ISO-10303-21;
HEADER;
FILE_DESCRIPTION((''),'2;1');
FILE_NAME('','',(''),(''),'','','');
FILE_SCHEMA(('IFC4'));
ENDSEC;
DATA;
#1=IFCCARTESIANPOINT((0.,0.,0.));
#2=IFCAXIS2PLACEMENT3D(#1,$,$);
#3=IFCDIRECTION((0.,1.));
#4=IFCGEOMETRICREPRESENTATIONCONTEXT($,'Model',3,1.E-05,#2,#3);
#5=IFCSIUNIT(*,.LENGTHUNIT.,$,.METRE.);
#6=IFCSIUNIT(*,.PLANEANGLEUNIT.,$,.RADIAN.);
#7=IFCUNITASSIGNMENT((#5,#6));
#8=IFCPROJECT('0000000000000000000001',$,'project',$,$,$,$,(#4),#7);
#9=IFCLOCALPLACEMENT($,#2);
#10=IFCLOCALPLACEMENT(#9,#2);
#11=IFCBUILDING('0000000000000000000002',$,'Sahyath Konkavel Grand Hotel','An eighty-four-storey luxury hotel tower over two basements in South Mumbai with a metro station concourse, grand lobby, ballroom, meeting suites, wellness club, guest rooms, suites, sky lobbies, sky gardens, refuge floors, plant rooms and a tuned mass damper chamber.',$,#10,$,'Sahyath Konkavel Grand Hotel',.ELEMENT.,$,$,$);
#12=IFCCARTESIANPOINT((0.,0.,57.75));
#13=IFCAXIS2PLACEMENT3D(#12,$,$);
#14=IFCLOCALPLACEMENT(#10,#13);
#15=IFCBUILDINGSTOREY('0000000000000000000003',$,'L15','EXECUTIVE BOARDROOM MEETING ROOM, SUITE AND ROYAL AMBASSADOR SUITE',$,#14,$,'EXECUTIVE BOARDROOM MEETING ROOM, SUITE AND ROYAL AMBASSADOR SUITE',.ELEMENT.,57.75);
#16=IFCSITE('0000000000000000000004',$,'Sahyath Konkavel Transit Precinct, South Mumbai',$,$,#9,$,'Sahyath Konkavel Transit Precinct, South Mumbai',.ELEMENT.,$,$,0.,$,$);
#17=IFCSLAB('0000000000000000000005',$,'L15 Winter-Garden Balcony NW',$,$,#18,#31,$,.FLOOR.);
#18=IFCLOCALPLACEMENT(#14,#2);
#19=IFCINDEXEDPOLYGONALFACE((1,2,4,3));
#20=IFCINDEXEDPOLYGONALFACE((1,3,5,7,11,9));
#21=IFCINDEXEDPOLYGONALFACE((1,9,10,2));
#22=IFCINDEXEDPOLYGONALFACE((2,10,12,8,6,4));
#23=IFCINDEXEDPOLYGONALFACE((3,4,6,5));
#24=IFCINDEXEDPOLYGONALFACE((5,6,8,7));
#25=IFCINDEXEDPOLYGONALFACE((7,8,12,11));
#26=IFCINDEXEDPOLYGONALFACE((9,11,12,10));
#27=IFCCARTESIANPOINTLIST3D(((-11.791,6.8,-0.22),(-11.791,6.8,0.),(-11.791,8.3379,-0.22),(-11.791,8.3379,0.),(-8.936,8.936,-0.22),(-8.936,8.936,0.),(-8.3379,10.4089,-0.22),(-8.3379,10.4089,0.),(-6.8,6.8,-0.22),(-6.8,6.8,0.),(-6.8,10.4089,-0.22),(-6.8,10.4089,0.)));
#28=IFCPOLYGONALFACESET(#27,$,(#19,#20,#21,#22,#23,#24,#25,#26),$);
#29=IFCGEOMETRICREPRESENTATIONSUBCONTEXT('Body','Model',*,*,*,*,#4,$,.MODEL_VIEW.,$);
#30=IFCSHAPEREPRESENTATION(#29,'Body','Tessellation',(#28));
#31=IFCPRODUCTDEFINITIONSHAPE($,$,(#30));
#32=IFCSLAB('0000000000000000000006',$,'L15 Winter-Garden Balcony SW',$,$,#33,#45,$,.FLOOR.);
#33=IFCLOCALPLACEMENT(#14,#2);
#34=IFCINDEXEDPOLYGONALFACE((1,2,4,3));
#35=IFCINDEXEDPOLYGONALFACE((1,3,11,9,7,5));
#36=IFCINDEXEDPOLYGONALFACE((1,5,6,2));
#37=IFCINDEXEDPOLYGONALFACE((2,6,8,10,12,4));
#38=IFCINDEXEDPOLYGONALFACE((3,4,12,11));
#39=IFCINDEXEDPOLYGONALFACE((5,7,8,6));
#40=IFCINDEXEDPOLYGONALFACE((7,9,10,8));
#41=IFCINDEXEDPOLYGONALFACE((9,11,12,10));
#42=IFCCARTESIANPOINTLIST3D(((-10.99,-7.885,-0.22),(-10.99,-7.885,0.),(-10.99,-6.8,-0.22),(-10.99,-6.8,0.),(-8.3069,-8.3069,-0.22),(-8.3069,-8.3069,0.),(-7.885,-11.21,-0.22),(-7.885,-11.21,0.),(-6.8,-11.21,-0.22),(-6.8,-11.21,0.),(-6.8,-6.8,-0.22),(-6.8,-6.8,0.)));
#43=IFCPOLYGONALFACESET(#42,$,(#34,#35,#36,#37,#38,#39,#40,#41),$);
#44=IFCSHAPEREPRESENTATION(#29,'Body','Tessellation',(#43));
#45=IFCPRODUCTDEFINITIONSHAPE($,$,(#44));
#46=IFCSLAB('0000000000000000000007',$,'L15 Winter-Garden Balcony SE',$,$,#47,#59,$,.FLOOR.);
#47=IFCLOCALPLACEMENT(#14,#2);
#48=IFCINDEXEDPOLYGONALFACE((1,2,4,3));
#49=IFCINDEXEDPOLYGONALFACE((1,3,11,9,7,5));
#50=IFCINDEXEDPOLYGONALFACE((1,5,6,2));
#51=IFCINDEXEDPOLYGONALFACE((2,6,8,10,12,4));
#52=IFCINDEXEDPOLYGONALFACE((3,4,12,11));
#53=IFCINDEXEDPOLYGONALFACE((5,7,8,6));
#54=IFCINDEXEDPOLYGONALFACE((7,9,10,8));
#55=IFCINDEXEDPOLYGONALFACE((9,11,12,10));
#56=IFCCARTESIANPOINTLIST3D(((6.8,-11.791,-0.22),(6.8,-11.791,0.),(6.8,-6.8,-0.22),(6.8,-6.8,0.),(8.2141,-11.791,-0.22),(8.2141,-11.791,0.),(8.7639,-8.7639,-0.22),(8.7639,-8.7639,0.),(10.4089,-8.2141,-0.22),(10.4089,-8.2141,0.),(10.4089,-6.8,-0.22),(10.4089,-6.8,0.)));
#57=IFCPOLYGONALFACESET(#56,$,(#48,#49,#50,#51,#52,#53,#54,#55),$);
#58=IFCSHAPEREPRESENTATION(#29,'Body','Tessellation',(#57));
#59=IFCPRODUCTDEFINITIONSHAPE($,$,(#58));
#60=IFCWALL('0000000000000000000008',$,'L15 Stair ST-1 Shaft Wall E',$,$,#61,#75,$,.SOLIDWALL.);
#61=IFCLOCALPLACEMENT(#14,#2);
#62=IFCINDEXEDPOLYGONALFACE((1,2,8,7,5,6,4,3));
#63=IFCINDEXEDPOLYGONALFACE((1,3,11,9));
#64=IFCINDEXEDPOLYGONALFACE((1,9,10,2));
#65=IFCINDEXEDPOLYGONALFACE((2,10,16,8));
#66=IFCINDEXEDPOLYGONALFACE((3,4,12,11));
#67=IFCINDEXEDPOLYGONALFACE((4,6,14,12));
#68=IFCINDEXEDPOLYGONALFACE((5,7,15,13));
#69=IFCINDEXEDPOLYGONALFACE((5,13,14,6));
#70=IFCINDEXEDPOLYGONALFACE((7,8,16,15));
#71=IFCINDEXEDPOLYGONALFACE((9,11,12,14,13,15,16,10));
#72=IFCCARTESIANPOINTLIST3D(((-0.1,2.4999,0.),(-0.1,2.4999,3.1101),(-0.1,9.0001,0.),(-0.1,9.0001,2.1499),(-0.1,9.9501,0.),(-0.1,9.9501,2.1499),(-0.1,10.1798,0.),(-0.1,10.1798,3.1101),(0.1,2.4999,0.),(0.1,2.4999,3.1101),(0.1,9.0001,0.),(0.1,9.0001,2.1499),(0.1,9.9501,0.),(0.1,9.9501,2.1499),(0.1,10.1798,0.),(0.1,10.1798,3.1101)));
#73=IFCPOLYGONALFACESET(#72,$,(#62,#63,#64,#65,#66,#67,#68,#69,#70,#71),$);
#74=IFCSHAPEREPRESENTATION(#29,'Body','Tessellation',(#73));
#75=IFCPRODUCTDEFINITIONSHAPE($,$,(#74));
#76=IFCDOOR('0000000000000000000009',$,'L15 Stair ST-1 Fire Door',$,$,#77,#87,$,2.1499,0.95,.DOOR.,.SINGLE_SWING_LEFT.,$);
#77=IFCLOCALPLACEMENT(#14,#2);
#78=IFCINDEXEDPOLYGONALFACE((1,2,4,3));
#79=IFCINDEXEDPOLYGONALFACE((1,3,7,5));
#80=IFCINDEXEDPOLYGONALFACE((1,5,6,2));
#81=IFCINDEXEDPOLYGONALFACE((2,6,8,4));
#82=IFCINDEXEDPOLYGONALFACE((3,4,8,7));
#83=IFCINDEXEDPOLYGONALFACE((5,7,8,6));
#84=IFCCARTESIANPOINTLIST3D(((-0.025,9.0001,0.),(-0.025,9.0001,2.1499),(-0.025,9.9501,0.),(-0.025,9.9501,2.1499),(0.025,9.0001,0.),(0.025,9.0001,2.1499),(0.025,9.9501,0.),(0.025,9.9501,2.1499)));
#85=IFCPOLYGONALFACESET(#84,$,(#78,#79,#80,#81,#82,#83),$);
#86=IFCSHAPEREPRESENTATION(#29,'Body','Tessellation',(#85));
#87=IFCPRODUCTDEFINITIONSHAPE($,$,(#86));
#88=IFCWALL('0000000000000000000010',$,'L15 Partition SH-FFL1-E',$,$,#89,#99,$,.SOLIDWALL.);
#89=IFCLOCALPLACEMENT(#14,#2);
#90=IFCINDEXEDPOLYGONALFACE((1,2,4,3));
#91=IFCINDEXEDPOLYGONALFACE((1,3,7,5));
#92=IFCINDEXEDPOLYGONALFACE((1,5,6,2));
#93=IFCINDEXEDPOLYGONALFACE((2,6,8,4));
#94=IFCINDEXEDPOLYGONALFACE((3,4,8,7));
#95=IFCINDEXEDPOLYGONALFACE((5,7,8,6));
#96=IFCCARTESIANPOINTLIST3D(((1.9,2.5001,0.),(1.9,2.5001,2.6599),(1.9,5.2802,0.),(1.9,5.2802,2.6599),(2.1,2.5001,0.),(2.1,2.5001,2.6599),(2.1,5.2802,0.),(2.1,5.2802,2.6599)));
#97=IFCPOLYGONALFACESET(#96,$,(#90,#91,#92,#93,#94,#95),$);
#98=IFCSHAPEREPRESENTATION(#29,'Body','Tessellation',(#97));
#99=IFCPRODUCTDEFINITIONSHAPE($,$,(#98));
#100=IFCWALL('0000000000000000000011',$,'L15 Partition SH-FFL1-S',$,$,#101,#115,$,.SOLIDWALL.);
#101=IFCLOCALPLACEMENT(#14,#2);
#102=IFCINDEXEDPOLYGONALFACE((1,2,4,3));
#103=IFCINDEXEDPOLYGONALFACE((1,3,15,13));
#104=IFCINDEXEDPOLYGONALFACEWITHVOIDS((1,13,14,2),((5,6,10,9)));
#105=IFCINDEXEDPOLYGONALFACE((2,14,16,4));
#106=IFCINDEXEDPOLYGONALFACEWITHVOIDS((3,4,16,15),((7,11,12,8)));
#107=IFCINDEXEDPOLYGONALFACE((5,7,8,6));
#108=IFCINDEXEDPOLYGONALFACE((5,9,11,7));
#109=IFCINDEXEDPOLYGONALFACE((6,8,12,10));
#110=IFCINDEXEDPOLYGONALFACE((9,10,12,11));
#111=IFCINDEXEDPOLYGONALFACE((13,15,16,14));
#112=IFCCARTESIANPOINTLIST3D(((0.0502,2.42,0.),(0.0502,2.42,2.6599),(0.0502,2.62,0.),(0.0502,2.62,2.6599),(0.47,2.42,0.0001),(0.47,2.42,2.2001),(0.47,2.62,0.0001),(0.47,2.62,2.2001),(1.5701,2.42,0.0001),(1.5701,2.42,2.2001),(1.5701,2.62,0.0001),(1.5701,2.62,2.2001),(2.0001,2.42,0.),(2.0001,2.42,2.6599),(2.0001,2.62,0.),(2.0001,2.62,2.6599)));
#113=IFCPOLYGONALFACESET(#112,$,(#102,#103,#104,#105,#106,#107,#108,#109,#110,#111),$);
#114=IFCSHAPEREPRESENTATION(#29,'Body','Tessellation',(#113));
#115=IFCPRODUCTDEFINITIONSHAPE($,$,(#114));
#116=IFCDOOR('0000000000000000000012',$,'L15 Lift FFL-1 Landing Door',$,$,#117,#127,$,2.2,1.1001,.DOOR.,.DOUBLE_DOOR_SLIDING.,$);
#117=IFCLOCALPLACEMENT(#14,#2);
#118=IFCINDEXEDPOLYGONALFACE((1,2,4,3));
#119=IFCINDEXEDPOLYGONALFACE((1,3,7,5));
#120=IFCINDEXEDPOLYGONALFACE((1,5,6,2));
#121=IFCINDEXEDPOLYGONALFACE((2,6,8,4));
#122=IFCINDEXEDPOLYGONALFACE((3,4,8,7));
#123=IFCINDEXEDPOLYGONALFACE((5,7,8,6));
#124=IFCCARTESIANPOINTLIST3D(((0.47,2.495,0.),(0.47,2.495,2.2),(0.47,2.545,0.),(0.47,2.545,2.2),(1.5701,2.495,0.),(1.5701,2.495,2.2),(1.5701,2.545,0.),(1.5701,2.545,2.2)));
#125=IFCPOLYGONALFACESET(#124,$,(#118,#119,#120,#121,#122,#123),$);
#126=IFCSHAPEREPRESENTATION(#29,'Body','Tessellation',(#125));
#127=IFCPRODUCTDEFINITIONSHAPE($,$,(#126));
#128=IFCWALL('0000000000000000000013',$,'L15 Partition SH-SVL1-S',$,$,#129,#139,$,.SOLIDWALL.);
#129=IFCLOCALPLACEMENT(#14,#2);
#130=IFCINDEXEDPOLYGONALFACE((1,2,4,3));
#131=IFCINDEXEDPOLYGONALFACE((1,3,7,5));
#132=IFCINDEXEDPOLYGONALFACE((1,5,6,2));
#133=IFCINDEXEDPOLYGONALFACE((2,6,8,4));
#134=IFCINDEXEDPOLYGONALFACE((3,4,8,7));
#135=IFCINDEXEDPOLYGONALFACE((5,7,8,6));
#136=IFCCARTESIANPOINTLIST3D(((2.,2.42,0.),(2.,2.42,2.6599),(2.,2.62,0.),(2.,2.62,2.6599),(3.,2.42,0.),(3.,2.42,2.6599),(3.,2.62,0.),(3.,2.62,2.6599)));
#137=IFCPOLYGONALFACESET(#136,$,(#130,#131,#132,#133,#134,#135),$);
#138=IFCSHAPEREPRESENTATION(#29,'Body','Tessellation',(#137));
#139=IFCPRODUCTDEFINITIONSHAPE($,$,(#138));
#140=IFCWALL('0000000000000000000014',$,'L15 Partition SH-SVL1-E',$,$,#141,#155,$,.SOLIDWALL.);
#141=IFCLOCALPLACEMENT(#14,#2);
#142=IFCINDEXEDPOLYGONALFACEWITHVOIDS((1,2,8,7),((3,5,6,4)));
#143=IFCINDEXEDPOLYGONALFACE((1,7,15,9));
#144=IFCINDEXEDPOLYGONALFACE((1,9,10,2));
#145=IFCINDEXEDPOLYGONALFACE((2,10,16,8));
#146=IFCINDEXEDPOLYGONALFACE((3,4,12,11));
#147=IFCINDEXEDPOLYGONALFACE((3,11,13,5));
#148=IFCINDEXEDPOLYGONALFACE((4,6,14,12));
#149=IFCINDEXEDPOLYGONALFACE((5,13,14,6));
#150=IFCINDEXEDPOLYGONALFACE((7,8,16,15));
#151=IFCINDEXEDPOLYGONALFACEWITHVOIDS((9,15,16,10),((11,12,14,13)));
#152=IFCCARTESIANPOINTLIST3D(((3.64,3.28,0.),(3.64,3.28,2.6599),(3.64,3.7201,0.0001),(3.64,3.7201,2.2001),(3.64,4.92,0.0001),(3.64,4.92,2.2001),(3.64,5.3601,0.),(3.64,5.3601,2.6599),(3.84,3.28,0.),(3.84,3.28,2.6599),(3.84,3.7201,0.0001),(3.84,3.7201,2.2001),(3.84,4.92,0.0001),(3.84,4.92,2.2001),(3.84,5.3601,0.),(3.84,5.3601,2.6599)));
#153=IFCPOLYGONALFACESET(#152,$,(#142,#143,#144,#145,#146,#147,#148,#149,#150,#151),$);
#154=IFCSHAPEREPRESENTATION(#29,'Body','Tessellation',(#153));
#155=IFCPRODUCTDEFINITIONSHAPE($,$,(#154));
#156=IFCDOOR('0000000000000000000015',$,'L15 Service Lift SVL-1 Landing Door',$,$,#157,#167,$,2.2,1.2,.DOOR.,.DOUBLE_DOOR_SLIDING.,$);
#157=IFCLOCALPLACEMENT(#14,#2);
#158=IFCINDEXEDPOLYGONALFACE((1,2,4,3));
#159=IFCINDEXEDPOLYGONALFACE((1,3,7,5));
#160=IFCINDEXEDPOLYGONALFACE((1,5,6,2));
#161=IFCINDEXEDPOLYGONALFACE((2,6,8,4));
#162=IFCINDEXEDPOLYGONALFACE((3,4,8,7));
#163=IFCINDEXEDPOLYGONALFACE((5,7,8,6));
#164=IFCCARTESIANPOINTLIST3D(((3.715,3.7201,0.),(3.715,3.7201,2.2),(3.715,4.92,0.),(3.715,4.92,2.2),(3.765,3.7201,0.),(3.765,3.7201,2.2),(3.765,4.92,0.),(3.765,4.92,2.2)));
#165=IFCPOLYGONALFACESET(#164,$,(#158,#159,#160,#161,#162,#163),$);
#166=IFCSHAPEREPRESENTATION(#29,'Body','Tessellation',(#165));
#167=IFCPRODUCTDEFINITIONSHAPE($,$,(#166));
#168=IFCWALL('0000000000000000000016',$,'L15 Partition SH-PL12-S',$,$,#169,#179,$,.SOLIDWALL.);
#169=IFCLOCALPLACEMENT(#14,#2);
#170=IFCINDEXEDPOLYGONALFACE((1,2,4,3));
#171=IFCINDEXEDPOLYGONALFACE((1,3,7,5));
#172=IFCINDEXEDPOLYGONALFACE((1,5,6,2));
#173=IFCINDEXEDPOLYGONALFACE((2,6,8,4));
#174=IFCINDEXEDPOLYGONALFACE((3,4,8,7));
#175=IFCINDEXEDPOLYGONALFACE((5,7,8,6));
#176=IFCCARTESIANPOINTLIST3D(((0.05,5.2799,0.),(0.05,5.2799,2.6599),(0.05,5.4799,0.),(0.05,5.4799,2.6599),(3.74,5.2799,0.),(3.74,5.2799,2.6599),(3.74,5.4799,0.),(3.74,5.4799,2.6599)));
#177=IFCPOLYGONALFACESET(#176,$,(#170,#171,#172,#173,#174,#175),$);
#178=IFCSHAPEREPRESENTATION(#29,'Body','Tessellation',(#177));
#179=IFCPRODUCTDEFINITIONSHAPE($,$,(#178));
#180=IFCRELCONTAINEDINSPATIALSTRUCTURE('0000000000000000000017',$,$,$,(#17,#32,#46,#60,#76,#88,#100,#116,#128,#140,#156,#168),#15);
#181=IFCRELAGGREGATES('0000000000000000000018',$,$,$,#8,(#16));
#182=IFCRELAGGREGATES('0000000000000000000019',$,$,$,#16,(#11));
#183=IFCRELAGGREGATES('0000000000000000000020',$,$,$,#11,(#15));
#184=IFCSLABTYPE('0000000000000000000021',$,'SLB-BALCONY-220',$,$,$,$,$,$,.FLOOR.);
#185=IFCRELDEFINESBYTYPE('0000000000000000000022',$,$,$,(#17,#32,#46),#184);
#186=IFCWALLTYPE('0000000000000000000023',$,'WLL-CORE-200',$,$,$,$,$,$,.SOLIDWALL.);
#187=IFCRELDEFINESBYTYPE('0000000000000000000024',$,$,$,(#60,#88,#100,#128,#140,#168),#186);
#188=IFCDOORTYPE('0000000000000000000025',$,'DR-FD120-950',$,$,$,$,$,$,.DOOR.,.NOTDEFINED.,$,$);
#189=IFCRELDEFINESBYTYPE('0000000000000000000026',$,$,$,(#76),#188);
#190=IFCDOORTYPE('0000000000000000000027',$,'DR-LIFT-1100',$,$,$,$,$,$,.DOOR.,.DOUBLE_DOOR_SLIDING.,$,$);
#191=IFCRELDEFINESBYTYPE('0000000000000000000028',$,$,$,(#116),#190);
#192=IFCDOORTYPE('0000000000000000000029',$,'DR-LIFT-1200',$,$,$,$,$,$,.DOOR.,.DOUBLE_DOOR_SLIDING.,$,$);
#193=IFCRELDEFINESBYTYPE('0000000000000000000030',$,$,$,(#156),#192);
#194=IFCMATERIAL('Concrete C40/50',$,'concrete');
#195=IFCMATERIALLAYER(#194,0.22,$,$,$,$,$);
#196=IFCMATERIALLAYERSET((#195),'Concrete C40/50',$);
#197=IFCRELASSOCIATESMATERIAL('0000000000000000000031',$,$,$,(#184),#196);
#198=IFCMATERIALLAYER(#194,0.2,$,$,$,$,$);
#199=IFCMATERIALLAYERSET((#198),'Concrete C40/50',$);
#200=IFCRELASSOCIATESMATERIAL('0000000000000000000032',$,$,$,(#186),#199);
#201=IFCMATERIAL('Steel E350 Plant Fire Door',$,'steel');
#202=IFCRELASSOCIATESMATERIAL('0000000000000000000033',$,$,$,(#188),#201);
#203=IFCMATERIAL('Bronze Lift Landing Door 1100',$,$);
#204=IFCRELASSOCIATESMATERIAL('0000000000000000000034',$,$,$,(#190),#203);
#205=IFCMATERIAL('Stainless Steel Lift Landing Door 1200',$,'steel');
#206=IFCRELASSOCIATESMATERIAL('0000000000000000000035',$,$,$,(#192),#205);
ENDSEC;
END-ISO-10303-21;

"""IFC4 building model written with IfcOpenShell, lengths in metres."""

from ifc_helpers import new_model, si_unit, direction, frame, frame_2d, origin, origin_2d, place, context, subcontext, project, spatial, polyline, rectangle, outline, extrude, source, transform, mapped, material, layer, layer_set, type_object, element, fill, save


model = new_model("IFC4")

# Units and contexts
model_context = context("Model", 3, precision=1e-05, world=origin(), true_north=direction((0.0, 1.0)))
body_context = subcontext(model_context, "Body", "Model", "MODEL_VIEW")
ifc_project = project(units=[si_unit("LENGTHUNIT", "METRE"), si_unit("PLANEANGLEUNIT", "RADIAN")], contexts=[model_context])

# Site, building, storey
site_placement = place(None, origin())
site = spatial("IfcSite", under=ifc_project, at=site_placement, Name="Sahyath Konkavel Transit Precinct, South Mumbai", LongName="Sahyath Konkavel Transit Precinct, South Mumbai", CompositionType="ELEMENT", RefElevation=0.0)
building_placement = place(site_placement, origin())
building = spatial("IfcBuilding", under=site, at=building_placement, Name="Sahyath Konkavel Grand Hotel", Description="An eighty-four-storey luxury hotel tower over two basements in South Mumbai with a metro station concourse, grand lobby, ballroom, meeting suites, wellness club, guest rooms, suites, sky lobbies, sky gardens, refuge floors, plant rooms and a tuned mass damper chamber.", LongName="Sahyath Konkavel Grand Hotel", CompositionType="ELEMENT")
storey_placement = place(building_placement, frame((0.0, 0.0, 57.75)))
storey = spatial("IfcBuildingStorey", under=building, at=storey_placement, Name="L15", Description="EXECUTIVE BOARDROOM MEETING ROOM, SUITE AND ROYAL AMBASSADOR SUITE", LongName="EXECUTIVE BOARDROOM MEETING ROOM, SUITE AND ROYAL AMBASSADOR SUITE", CompositionType="ELEMENT", Elevation=57.75)

# Slabs
ifc_material_1 = material(Name="Concrete C40/50", Category="concrete")
ifc_layer_1 = layer(ifc_material_1, 0.22)
ifc_layer_set_1 = layer_set([ifc_layer_1], Name="Concrete C40/50")
slab_type = type_object("IfcSlabType", Name="SLB-BALCONY-220", PredefinedType="FLOOR", material=ifc_layer_set_1)
slab_1_placement = place(storey_placement, frame((0.0, 0.0, -0.22)))
element("IfcSlab", 1, at=slab_1_placement, inside=storey, type_object=slab_type, Name="L15 Winter-Garden Balcony NW", PredefinedType="FLOOR", context=body_context, shape_type="SweptSolid", body=[
    extrude(outline(polyline([(-6.8, 6.8), (-6.8, 10.4089), (-8.3379, 10.4089), (-8.936, 8.936), (-11.791, 8.3379), (-11.791, 6.8), (-6.8, 6.8)])), origin(), (0.0, 0.0, 1.0), 0.22),
])
slab_2_placement = place(storey_placement, frame((0.0, 0.0, -0.22)))
element("IfcSlab", 2, at=slab_2_placement, inside=storey, type_object=slab_type, Name="L15 Winter-Garden Balcony SW", PredefinedType="FLOOR", context=body_context, shape_type="SweptSolid", body=[
    extrude(outline(polyline([(-6.8, -6.8), (-10.99, -6.8), (-10.99, -7.885), (-8.3069, -8.3069), (-7.885, -11.21), (-6.8, -11.21), (-6.8, -6.8)])), origin(), (0.0, 0.0, 1.0), 0.22),
])
slab_3_placement = place(storey_placement, frame((0.0, 0.0, -0.22)))
element("IfcSlab", 3, at=slab_3_placement, inside=storey, type_object=slab_type, Name="L15 Winter-Garden Balcony SE", PredefinedType="FLOOR", context=body_context, shape_type="SweptSolid", body=[
    extrude(outline(polyline([(6.8, -6.8), (6.8, -11.791), (8.2141, -11.791), (8.7639, -8.7639), (10.4089, -8.2141), (10.4089, -6.8), (6.8, -6.8)])), origin(), (0.0, 0.0, 1.0), 0.22),
])

# Wall, opening, door
ifc_layer_2 = layer(ifc_material_1, 0.2)
ifc_layer_set_2 = layer_set([ifc_layer_2], Name="Concrete C40/50")
wall_type_1 = type_object("IfcWallType", Name="WLL-CORE-200", PredefinedType="SOLIDWALL", material=ifc_layer_set_2)
wall_1_placement = place(storey_placement, frame((0.0, 2.5, 0.0), z_axis=(0.0, 0.0, 1.0), x_axis=(0.0, 1.0, 0.0)))
wall_1 = element("IfcWall", 4, at=wall_1_placement, inside=storey, type_object=wall_type_1, Name="L15 Stair ST-1 Shaft Wall E", PredefinedType="SOLIDWALL", context=body_context, shape_type="SweptSolid", body=[
    extrude(rectangle(XDim=7.6799, YDim=0.2, at=frame_2d((3.8398, 0.0))), origin(), (0.0, 0.0, 1.0), 3.1101),
])
opening_1_placement = place(wall_1_placement, frame((6.5, 0.0, 0.0)))
opening_1 = element("IfcOpeningElement", 5, at=opening_1_placement, cuts=wall_1, PredefinedType="OPENING", context=body_context, shape_type="SweptSolid", body=[
    extrude(rectangle(XDim=0.95, YDim=2.1499, at=frame_2d((0.4751, 1.075))), frame((0.0, 0.1099, 0.0), z_axis=(0.0, -1.0, 0.0), x_axis=(1.0, 0.0, 0.0)), (0.0, 0.0, 1.0), 0.22),
])
ifc_material_2 = material(Name="Steel E350 Plant Fire Door", Category="steel")
door_type_1 = type_object("IfcDoorType", Name="DR-FD120-950", OperationType="NOTDEFINED", PredefinedType="DOOR", material=ifc_material_2)
shared_shape_1 = source(origin(), body_context, "Body", "SweptSolid", [
    extrude(rectangle(XDim=0.95, YDim=0.05, at=origin_2d()), origin(), (0.0, 0.0, 1.0), 2.1499),
])
door_1_placement = place(opening_1_placement, frame((0.4751, 0.0, 0.0)))
door_1 = element("IfcDoor", 6, at=door_1_placement, inside=storey, type_object=door_type_1, Name="L15 Stair ST-1 Fire Door", OperationType="SINGLE_SWING_LEFT", OverallHeight=2.1499, OverallWidth=0.95, PredefinedType="DOOR", context=body_context, shape_type="MappedRepresentation", body=[
    mapped(shared_shape_1, transform((0.0, 0.0, 0.0), scale=1.0)),
])
fill(opening_1, door_1)

# Wall
wall_2_placement = place(storey_placement, frame((2.0, 2.5, 0.0), z_axis=(0.0, 0.0, 1.0), x_axis=(0.0, 1.0, 0.0)))
element("IfcWall", 7, at=wall_2_placement, inside=storey, type_object=wall_type_1, Name="L15 Partition SH-FFL1-E", PredefinedType="SOLIDWALL", context=body_context, shape_type="SweptSolid", body=[
    extrude(rectangle(XDim=2.78, YDim=0.2, at=frame_2d((1.3901, 0.0))), origin(), (0.0, 0.0, 1.0), 2.6599),
])

# Wall, opening, door
wall_3_placement = place(storey_placement, frame((0.05, 2.52, 0.0), z_axis=(0.0, 0.0, 1.0), x_axis=(1.0, 0.0, 0.0)))
wall_3 = element("IfcWall", 8, at=wall_3_placement, inside=storey, type_object=wall_type_1, Name="L15 Partition SH-FFL1-S", PredefinedType="SOLIDWALL", context=body_context, shape_type="SweptSolid", body=[
    extrude(rectangle(XDim=1.95, YDim=0.2, at=frame_2d((0.9751, 0.0))), origin(), (0.0, 0.0, 1.0), 2.6599),
])
opening_2_placement = place(wall_3_placement, frame((0.4199, 0.0, 0.0)))
opening_2 = element("IfcOpeningElement", 9, at=opening_2_placement, cuts=wall_3, PredefinedType="OPENING", context=body_context, shape_type="SweptSolid", body=[
    extrude(rectangle(XDim=1.1001, YDim=2.2, at=frame_2d((0.55, 1.1001))), frame((0.0, 0.1099, 0.0), z_axis=(0.0, -1.0, 0.0), x_axis=(1.0, 0.0, 0.0)), (0.0, 0.0, 1.0), 0.22),
])
ifc_material_3 = material(Name="Bronze Lift Landing Door 1100")
door_type_2 = type_object("IfcDoorType", Name="DR-LIFT-1100", OperationType="DOUBLE_DOOR_SLIDING", PredefinedType="DOOR", material=ifc_material_3)
shared_shape_2 = source(origin(), body_context, "Body", "SweptSolid", [
    extrude(rectangle(XDim=1.1001, YDim=0.05, at=origin_2d()), origin(), (0.0, 0.0, 1.0), 2.2),
])
door_2_placement = place(opening_2_placement, frame((0.55, 0.0, 0.0)))
door_2 = element("IfcDoor", 10, at=door_2_placement, inside=storey, type_object=door_type_2, Name="L15 Lift FFL-1 Landing Door", OperationType="DOUBLE_DOOR_SLIDING", OverallHeight=2.2, OverallWidth=1.1001, PredefinedType="DOOR", context=body_context, shape_type="MappedRepresentation", body=[
    mapped(shared_shape_2, transform((0.0, 0.0, 0.0), scale=1.0)),
])
fill(opening_2, door_2)

# Wall
wall_4_placement = place(storey_placement, frame((2.0, 2.52, 0.0), z_axis=(0.0, 0.0, 1.0), x_axis=(1.0, 0.0, 0.0)))
element("IfcWall", 11, at=wall_4_placement, inside=storey, type_object=wall_type_1, Name="L15 Partition SH-SVL1-S", PredefinedType="SOLIDWALL", context=body_context, shape_type="SweptSolid", body=[
    extrude(rectangle(XDim=1.0, YDim=0.2, at=frame_2d((0.5, 0.0))), origin(), (0.0, 0.0, 1.0), 2.6599),
])

# Wall, opening, door
wall_5_placement = place(storey_placement, frame((3.74, 3.28, 0.0), z_axis=(0.0, 0.0, 1.0), x_axis=(0.0, 1.0, 0.0)))
wall_5 = element("IfcWall", 12, at=wall_5_placement, inside=storey, type_object=wall_type_1, Name="L15 Partition SH-SVL1-E", PredefinedType="SOLIDWALL", context=body_context, shape_type="SweptSolid", body=[
    extrude(rectangle(XDim=2.0801, YDim=0.2, at=frame_2d((1.04, 0.0))), origin(), (0.0, 0.0, 1.0), 2.6599),
])
opening_3_placement = place(wall_5_placement, frame((0.4399, 0.0, 0.0)))
opening_3 = element("IfcOpeningElement", 13, at=opening_3_placement, cuts=wall_5, PredefinedType="OPENING", context=body_context, shape_type="SweptSolid", body=[
    extrude(rectangle(XDim=1.2, YDim=2.2, at=frame_2d((0.6001, 1.1001))), frame((0.0, 0.1099, 0.0), z_axis=(0.0, -1.0, 0.0), x_axis=(1.0, 0.0, 0.0)), (0.0, 0.0, 1.0), 0.22),
])
ifc_material_4 = material(Name="Stainless Steel Lift Landing Door 1200", Category="steel")
door_type_3 = type_object("IfcDoorType", Name="DR-LIFT-1200", OperationType="DOUBLE_DOOR_SLIDING", PredefinedType="DOOR", material=ifc_material_4)
shared_shape_3 = source(origin(), body_context, "Body", "SweptSolid", [
    extrude(rectangle(XDim=1.2, YDim=0.05, at=origin_2d()), origin(), (0.0, 0.0, 1.0), 2.2),
])
door_3_placement = place(opening_3_placement, frame((0.6001, 0.0, 0.0)))
door_3 = element("IfcDoor", 14, at=door_3_placement, inside=storey, type_object=door_type_3, Name="L15 Service Lift SVL-1 Landing Door", OperationType="DOUBLE_DOOR_SLIDING", OverallHeight=2.2, OverallWidth=1.2, PredefinedType="DOOR", context=body_context, shape_type="MappedRepresentation", body=[
    mapped(shared_shape_3, transform((0.0, 0.0, 0.0), scale=1.0)),
])
fill(opening_3, door_3)

# Wall
wall_6_placement = place(storey_placement, frame((0.05, 5.3799, 0.0), z_axis=(0.0, 0.0, 1.0), x_axis=(1.0, 0.0, 0.0)))
element("IfcWall", 15, at=wall_6_placement, inside=storey, type_object=wall_type_1, Name="L15 Partition SH-PL12-S", PredefinedType="SOLIDWALL", context=body_context, shape_type="SweptSolid", body=[
    extrude(rectangle(XDim=3.6899, YDim=0.2, at=frame_2d((1.845, 0.0))), origin(), (0.0, 0.0, 1.0), 2.6599),
])

save(model, "model.ifc")
